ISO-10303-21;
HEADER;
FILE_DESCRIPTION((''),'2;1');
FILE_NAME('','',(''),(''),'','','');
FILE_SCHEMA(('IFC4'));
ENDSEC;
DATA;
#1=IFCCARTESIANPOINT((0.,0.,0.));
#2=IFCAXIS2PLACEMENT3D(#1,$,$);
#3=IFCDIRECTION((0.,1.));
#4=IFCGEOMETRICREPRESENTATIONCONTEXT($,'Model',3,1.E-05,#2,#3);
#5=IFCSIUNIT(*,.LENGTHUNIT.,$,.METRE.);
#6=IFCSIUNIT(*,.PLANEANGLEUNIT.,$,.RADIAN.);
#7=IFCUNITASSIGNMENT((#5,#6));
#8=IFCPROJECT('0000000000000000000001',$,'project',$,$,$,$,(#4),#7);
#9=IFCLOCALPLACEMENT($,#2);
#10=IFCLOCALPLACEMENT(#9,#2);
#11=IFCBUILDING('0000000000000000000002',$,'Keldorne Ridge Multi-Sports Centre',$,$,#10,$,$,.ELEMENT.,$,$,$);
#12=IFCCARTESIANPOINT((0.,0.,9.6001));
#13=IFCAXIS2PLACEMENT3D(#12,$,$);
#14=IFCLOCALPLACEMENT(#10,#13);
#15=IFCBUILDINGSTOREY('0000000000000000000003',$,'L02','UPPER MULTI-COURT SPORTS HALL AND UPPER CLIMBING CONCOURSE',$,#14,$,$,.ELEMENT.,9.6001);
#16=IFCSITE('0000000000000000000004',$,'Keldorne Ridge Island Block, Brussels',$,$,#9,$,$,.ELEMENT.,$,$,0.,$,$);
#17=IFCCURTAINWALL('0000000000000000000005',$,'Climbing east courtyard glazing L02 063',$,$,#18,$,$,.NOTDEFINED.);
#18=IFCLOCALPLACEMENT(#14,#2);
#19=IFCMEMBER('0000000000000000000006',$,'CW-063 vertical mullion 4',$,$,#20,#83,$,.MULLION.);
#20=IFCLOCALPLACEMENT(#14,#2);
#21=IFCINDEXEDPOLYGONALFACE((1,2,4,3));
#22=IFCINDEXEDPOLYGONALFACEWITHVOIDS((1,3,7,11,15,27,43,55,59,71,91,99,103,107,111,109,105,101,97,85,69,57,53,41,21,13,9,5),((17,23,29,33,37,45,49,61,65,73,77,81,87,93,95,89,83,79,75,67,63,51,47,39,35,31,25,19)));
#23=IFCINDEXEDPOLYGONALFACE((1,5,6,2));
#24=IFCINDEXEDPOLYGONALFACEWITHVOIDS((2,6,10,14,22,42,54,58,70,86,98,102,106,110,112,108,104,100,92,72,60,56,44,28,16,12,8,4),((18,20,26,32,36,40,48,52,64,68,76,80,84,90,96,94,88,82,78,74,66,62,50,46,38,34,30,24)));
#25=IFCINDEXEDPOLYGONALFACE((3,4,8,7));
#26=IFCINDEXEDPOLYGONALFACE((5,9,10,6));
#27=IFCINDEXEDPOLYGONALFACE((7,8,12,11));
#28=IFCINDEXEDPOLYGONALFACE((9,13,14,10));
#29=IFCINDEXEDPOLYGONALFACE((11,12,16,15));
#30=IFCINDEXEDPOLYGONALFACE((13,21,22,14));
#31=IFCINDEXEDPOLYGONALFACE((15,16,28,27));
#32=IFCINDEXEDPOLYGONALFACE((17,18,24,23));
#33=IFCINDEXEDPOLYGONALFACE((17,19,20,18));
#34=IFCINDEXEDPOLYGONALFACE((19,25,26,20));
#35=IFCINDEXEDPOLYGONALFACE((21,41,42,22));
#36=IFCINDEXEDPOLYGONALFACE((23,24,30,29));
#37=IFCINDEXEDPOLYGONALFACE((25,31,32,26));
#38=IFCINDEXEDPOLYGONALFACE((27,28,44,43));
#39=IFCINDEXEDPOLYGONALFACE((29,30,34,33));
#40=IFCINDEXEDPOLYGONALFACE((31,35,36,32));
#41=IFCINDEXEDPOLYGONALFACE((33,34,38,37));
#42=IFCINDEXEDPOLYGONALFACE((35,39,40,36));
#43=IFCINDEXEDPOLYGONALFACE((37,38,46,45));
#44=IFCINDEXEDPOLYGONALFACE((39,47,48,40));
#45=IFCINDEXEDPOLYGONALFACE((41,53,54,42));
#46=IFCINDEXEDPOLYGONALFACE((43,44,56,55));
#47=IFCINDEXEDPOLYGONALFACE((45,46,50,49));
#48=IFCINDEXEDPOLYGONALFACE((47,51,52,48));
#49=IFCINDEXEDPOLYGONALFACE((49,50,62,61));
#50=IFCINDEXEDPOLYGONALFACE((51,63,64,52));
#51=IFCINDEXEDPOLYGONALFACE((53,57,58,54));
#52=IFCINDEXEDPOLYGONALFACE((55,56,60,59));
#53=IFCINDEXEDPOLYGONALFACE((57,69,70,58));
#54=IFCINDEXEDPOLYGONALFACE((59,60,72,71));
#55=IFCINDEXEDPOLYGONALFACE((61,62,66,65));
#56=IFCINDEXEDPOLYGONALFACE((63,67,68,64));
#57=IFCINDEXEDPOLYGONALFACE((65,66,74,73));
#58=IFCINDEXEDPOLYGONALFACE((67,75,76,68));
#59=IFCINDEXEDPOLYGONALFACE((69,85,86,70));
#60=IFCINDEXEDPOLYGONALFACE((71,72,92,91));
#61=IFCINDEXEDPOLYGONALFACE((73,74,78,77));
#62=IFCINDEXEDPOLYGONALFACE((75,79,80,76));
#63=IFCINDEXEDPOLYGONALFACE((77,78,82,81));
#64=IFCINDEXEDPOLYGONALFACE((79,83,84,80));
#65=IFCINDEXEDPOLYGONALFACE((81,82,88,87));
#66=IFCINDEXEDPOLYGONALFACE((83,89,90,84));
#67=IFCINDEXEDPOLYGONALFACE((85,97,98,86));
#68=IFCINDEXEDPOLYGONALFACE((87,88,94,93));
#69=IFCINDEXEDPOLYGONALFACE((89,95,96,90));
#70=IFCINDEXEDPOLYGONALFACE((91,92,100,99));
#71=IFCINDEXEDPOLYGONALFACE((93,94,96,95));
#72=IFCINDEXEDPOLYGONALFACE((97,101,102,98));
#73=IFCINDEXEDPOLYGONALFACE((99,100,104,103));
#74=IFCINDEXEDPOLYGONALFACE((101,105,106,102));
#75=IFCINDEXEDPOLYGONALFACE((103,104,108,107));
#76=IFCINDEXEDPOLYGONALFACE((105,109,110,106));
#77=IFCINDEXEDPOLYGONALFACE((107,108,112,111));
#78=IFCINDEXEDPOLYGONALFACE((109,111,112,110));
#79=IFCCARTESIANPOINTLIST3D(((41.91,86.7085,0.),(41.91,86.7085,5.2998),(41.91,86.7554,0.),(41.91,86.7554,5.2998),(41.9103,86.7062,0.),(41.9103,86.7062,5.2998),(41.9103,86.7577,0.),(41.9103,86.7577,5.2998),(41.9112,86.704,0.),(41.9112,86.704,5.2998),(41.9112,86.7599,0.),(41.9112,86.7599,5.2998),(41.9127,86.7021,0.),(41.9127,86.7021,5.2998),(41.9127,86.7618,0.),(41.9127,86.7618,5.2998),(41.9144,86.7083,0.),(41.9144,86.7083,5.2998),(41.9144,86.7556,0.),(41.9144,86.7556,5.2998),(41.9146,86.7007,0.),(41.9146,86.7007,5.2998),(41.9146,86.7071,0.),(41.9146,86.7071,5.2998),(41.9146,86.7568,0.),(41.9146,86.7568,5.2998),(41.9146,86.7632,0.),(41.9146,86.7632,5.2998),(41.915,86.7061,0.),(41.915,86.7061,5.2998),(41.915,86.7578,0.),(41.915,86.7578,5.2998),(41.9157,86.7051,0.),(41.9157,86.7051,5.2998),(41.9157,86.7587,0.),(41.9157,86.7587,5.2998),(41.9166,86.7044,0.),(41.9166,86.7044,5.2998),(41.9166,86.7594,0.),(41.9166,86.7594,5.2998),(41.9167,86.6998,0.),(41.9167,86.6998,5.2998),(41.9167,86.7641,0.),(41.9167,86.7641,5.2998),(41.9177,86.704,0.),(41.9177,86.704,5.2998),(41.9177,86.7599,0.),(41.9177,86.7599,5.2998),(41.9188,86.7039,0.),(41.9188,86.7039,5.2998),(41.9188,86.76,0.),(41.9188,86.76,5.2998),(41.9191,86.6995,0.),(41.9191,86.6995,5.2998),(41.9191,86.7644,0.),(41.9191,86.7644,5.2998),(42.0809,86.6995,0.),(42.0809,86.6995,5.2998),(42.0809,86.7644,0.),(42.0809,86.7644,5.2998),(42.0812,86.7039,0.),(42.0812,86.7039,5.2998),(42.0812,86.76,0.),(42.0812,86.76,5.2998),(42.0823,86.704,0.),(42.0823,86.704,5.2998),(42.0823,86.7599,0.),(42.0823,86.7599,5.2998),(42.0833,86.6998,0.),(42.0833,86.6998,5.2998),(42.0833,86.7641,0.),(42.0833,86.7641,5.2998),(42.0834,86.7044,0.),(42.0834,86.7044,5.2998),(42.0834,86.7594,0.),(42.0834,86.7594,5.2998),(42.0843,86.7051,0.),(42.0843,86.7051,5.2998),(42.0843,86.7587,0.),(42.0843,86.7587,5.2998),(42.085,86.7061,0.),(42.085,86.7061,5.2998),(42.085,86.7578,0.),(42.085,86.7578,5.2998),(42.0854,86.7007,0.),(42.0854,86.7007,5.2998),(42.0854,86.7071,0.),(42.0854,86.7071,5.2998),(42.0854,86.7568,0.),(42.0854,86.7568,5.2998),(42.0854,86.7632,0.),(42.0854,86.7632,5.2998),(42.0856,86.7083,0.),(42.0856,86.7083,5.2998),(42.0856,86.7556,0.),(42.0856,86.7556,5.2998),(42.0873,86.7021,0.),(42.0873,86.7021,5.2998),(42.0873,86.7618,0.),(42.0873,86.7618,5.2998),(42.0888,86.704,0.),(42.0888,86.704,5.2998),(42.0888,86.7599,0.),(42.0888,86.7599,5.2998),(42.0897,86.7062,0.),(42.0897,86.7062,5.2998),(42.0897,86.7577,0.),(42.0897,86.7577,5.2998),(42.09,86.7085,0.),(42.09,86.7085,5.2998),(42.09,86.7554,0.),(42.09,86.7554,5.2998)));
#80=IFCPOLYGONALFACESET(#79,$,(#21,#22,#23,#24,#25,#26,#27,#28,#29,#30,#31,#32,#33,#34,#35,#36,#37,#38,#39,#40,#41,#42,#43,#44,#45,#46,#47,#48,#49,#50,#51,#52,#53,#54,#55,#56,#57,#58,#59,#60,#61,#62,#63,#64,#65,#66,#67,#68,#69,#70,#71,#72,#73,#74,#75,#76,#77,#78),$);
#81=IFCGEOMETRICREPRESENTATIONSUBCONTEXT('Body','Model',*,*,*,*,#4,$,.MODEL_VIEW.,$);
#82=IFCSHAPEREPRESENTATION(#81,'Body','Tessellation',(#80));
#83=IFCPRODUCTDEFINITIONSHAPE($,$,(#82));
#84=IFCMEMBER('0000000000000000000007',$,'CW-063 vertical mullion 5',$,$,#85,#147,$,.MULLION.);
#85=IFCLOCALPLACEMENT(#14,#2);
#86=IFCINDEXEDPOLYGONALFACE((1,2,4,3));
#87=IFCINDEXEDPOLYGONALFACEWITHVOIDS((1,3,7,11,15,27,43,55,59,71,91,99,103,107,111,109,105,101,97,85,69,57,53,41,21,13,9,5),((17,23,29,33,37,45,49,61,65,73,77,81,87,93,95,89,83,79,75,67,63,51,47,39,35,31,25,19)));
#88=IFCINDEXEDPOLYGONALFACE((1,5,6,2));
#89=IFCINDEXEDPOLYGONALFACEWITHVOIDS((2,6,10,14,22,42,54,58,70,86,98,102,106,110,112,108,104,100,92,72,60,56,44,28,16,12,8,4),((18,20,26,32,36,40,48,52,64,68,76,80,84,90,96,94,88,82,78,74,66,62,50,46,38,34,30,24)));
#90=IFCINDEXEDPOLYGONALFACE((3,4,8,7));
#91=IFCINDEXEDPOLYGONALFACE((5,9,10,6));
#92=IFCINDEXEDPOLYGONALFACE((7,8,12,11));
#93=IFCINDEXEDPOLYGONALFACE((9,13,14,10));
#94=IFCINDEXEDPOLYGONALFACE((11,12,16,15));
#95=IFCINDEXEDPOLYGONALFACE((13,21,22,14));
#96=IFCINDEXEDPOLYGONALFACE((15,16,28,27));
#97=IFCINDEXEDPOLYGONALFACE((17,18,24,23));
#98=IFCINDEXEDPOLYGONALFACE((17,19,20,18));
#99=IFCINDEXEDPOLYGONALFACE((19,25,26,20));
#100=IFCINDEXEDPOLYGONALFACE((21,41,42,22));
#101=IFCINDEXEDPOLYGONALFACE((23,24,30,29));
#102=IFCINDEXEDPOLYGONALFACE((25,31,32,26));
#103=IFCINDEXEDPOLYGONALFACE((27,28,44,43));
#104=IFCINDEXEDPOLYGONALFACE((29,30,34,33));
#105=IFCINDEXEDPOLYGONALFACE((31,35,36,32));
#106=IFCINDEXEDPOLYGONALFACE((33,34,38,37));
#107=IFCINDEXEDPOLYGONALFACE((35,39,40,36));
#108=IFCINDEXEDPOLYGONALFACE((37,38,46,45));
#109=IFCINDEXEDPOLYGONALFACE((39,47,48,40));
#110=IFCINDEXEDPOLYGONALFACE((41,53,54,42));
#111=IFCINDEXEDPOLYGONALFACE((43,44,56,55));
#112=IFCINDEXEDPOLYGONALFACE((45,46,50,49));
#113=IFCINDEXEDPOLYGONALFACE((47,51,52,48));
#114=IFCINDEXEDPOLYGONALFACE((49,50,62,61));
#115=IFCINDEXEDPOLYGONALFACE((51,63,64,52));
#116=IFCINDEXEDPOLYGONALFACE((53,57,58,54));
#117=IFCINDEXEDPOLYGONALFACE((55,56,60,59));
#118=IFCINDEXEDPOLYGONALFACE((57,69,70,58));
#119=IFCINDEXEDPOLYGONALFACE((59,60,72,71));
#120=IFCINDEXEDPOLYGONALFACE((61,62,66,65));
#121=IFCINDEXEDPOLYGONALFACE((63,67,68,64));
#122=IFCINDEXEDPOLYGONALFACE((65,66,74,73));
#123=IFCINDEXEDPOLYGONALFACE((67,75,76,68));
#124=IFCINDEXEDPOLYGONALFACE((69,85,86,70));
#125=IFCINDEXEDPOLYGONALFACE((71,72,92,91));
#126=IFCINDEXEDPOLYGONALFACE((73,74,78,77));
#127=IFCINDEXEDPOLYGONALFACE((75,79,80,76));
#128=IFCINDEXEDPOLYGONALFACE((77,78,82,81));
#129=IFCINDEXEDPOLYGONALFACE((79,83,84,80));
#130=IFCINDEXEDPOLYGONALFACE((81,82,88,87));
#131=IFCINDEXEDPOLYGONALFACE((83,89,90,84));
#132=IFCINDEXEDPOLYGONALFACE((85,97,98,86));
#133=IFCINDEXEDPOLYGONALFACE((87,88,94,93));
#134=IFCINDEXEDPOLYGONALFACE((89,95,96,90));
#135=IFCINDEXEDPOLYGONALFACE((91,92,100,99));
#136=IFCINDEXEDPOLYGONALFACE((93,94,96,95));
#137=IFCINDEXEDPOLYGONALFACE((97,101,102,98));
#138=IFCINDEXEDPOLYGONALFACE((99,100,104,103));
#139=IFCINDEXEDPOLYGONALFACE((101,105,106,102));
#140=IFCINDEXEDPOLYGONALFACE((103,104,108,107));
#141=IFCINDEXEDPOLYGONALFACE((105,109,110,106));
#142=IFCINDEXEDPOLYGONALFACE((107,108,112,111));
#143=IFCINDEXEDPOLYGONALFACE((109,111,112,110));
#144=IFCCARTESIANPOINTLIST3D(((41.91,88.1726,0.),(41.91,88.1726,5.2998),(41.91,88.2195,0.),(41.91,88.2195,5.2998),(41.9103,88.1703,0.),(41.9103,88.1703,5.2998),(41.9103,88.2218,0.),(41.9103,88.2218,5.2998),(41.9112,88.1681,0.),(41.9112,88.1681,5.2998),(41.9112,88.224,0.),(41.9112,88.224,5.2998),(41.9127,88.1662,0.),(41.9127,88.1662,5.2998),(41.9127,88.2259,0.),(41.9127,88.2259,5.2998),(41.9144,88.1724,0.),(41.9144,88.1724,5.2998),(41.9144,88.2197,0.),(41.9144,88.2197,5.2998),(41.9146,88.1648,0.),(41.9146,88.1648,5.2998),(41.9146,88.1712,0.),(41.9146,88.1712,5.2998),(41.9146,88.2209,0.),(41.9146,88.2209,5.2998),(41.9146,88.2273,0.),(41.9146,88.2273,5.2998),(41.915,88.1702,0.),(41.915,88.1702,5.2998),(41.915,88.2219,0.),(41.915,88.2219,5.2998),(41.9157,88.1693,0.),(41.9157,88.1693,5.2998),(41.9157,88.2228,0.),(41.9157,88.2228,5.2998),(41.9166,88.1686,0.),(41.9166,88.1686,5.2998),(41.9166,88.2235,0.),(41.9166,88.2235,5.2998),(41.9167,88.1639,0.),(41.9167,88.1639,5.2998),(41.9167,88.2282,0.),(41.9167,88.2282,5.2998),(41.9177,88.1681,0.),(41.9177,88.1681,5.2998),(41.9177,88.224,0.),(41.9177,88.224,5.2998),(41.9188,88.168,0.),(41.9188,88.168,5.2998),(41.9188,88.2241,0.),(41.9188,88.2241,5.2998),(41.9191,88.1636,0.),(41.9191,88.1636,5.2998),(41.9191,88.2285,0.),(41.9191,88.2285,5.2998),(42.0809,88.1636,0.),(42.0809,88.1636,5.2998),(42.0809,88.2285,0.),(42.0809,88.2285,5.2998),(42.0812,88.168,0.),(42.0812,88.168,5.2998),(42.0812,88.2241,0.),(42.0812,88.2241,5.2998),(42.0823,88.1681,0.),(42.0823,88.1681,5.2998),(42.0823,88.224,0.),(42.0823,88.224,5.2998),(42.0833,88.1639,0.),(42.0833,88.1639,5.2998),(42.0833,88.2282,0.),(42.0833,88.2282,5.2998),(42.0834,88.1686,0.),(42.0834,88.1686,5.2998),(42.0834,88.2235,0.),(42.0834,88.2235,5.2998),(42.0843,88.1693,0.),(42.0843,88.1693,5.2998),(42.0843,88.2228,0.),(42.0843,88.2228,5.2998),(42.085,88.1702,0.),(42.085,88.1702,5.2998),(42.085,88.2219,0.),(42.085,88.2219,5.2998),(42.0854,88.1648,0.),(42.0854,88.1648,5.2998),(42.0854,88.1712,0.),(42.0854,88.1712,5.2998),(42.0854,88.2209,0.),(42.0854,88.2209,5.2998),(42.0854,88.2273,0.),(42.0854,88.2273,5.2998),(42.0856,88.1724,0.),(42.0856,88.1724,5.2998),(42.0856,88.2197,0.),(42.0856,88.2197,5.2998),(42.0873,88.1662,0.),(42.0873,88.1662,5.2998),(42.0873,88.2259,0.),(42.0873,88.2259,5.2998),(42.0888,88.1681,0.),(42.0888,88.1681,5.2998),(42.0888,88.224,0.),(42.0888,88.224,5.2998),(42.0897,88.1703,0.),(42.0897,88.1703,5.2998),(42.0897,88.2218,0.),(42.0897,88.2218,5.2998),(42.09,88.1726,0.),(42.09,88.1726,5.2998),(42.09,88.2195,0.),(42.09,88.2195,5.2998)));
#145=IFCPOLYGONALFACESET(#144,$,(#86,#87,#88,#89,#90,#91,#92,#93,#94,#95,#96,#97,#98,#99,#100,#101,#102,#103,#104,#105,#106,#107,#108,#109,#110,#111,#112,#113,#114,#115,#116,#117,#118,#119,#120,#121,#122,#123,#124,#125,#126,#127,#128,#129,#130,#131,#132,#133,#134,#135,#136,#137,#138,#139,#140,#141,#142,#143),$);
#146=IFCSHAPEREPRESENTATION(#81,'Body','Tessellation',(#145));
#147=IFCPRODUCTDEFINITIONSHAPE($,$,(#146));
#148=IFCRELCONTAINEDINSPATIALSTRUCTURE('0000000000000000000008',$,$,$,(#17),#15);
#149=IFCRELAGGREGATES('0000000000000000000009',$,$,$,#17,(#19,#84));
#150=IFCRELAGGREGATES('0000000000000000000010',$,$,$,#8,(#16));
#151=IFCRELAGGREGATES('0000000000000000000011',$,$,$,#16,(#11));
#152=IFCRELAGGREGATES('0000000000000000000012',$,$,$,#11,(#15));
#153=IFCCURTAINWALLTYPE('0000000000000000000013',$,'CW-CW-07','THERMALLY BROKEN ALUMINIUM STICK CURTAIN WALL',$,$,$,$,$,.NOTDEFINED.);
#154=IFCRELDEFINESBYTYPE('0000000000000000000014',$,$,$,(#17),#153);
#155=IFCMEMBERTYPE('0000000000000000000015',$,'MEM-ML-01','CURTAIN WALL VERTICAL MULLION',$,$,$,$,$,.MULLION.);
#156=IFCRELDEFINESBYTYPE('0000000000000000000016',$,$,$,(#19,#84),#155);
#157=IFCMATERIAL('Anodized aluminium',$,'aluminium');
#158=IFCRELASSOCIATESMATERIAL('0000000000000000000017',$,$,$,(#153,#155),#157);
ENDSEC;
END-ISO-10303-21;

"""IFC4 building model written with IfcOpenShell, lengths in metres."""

from ifc_helpers import new_model, si_unit, direction, frame, origin, origin_2d, place, context, subcontext, project, spatial, hollow_rectangle, extrude, material, material_profile, profile_set, type_object, element, aggregate, save


model = new_model("IFC4")

# Units and contexts
model_context = context("Model", 3, precision=1e-05, world=origin(), true_north=direction((0.0, 1.0)))
body_context = subcontext(model_context, "Body", "Model", "MODEL_VIEW")
ifc_project = project(units=[si_unit("LENGTHUNIT", "METRE"), si_unit("PLANEANGLEUNIT", "RADIAN")], contexts=[model_context])

# Site, building, storey
site_placement = place(None, origin())
site = spatial("IfcSite", under=ifc_project, at=site_placement, Name="Keldorne Ridge Island Block, Brussels", CompositionType="ELEMENT", RefElevation=0.0)
building_placement = place(site_placement, origin())
building = spatial("IfcBuilding", under=site, at=building_placement, Name="Keldorne Ridge Multi-Sports Centre", CompositionType="ELEMENT")
storey_placement = place(building_placement, frame((0.0, 0.0, 9.6001)))
storey = spatial("IfcBuildingStorey", under=building, at=storey_placement, Name="L02", Description="UPPER MULTI-COURT SPORTS HALL AND UPPER CLIMBING CONCOURSE", CompositionType="ELEMENT", Elevation=9.6001)

# Curtain wall, members
ifc_material_1 = material(Name="Anodized aluminium", Category="aluminium")
curtain_wall_type = type_object("IfcCurtainWallType", Name="CW-CW-07", Description="THERMALLY BROKEN ALUMINIUM STICK CURTAIN WALL", PredefinedType="NOTDEFINED", material=ifc_material_1)
curtain_wall_placement = place(storey_placement, origin())
curtain_wall = element("IfcCurtainWall", 1, at=curtain_wall_placement, inside=storey, type_object=curtain_wall_type, Name="Climbing east courtyard glazing L02 063", PredefinedType="NOTDEFINED")
ifc_material_profile_1 = material_profile(ifc_material_1, hollow_rectangle(XDim=0.0649, YDim=0.1799, WallThickness=0.0044, InnerFilletRadius=0.0044, OuterFilletRadius=0.009, at=origin_2d()), Name="ALU MULLION 180x65x4.5")
ifc_profile_set_1 = profile_set([ifc_material_profile_1], Name="Anodized aluminium")
member_type_1 = type_object("IfcMemberType", Name="MEM-ML-01", Description="CURTAIN WALL VERTICAL MULLION", PredefinedType="MULLION", material=ifc_profile_set_1)
member_1_placement = place(storey_placement, frame((42.0, 86.7319, 0.0), z_axis=(0.0, 0.0, 1.0), x_axis=(0.0, 1.0, 0.0)))
member_1 = element("IfcMember", 2, at=member_1_placement, type_object=member_type_1, Name="CW-063 vertical mullion 4", PredefinedType="MULLION", context=body_context, shape_type="SweptSolid", body=[
    extrude(hollow_rectangle(XDim=0.0649, YDim=0.1799, WallThickness=0.0044, InnerFilletRadius=0.0044, OuterFilletRadius=0.009, at=origin_2d()), origin(), (0.0, 0.0, 1.0), 5.2998),
])
member_2_placement = place(storey_placement, frame((42.0, 88.196, 0.0), z_axis=(0.0, 0.0, 1.0), x_axis=(0.0, 1.0, 0.0)))
member_2 = element("IfcMember", 3, at=member_2_placement, type_object=member_type_1, Name="CW-063 vertical mullion 5", PredefinedType="MULLION", context=body_context, shape_type="SweptSolid", body=[
    extrude(hollow_rectangle(XDim=0.0649, YDim=0.1799, WallThickness=0.0044, InnerFilletRadius=0.0044, OuterFilletRadius=0.009, at=origin_2d()), origin(), (0.0, 0.0, 1.0), 5.2998),
])

aggregate(curtain_wall, [member_1, member_2])

save(model, "model.ifc")
